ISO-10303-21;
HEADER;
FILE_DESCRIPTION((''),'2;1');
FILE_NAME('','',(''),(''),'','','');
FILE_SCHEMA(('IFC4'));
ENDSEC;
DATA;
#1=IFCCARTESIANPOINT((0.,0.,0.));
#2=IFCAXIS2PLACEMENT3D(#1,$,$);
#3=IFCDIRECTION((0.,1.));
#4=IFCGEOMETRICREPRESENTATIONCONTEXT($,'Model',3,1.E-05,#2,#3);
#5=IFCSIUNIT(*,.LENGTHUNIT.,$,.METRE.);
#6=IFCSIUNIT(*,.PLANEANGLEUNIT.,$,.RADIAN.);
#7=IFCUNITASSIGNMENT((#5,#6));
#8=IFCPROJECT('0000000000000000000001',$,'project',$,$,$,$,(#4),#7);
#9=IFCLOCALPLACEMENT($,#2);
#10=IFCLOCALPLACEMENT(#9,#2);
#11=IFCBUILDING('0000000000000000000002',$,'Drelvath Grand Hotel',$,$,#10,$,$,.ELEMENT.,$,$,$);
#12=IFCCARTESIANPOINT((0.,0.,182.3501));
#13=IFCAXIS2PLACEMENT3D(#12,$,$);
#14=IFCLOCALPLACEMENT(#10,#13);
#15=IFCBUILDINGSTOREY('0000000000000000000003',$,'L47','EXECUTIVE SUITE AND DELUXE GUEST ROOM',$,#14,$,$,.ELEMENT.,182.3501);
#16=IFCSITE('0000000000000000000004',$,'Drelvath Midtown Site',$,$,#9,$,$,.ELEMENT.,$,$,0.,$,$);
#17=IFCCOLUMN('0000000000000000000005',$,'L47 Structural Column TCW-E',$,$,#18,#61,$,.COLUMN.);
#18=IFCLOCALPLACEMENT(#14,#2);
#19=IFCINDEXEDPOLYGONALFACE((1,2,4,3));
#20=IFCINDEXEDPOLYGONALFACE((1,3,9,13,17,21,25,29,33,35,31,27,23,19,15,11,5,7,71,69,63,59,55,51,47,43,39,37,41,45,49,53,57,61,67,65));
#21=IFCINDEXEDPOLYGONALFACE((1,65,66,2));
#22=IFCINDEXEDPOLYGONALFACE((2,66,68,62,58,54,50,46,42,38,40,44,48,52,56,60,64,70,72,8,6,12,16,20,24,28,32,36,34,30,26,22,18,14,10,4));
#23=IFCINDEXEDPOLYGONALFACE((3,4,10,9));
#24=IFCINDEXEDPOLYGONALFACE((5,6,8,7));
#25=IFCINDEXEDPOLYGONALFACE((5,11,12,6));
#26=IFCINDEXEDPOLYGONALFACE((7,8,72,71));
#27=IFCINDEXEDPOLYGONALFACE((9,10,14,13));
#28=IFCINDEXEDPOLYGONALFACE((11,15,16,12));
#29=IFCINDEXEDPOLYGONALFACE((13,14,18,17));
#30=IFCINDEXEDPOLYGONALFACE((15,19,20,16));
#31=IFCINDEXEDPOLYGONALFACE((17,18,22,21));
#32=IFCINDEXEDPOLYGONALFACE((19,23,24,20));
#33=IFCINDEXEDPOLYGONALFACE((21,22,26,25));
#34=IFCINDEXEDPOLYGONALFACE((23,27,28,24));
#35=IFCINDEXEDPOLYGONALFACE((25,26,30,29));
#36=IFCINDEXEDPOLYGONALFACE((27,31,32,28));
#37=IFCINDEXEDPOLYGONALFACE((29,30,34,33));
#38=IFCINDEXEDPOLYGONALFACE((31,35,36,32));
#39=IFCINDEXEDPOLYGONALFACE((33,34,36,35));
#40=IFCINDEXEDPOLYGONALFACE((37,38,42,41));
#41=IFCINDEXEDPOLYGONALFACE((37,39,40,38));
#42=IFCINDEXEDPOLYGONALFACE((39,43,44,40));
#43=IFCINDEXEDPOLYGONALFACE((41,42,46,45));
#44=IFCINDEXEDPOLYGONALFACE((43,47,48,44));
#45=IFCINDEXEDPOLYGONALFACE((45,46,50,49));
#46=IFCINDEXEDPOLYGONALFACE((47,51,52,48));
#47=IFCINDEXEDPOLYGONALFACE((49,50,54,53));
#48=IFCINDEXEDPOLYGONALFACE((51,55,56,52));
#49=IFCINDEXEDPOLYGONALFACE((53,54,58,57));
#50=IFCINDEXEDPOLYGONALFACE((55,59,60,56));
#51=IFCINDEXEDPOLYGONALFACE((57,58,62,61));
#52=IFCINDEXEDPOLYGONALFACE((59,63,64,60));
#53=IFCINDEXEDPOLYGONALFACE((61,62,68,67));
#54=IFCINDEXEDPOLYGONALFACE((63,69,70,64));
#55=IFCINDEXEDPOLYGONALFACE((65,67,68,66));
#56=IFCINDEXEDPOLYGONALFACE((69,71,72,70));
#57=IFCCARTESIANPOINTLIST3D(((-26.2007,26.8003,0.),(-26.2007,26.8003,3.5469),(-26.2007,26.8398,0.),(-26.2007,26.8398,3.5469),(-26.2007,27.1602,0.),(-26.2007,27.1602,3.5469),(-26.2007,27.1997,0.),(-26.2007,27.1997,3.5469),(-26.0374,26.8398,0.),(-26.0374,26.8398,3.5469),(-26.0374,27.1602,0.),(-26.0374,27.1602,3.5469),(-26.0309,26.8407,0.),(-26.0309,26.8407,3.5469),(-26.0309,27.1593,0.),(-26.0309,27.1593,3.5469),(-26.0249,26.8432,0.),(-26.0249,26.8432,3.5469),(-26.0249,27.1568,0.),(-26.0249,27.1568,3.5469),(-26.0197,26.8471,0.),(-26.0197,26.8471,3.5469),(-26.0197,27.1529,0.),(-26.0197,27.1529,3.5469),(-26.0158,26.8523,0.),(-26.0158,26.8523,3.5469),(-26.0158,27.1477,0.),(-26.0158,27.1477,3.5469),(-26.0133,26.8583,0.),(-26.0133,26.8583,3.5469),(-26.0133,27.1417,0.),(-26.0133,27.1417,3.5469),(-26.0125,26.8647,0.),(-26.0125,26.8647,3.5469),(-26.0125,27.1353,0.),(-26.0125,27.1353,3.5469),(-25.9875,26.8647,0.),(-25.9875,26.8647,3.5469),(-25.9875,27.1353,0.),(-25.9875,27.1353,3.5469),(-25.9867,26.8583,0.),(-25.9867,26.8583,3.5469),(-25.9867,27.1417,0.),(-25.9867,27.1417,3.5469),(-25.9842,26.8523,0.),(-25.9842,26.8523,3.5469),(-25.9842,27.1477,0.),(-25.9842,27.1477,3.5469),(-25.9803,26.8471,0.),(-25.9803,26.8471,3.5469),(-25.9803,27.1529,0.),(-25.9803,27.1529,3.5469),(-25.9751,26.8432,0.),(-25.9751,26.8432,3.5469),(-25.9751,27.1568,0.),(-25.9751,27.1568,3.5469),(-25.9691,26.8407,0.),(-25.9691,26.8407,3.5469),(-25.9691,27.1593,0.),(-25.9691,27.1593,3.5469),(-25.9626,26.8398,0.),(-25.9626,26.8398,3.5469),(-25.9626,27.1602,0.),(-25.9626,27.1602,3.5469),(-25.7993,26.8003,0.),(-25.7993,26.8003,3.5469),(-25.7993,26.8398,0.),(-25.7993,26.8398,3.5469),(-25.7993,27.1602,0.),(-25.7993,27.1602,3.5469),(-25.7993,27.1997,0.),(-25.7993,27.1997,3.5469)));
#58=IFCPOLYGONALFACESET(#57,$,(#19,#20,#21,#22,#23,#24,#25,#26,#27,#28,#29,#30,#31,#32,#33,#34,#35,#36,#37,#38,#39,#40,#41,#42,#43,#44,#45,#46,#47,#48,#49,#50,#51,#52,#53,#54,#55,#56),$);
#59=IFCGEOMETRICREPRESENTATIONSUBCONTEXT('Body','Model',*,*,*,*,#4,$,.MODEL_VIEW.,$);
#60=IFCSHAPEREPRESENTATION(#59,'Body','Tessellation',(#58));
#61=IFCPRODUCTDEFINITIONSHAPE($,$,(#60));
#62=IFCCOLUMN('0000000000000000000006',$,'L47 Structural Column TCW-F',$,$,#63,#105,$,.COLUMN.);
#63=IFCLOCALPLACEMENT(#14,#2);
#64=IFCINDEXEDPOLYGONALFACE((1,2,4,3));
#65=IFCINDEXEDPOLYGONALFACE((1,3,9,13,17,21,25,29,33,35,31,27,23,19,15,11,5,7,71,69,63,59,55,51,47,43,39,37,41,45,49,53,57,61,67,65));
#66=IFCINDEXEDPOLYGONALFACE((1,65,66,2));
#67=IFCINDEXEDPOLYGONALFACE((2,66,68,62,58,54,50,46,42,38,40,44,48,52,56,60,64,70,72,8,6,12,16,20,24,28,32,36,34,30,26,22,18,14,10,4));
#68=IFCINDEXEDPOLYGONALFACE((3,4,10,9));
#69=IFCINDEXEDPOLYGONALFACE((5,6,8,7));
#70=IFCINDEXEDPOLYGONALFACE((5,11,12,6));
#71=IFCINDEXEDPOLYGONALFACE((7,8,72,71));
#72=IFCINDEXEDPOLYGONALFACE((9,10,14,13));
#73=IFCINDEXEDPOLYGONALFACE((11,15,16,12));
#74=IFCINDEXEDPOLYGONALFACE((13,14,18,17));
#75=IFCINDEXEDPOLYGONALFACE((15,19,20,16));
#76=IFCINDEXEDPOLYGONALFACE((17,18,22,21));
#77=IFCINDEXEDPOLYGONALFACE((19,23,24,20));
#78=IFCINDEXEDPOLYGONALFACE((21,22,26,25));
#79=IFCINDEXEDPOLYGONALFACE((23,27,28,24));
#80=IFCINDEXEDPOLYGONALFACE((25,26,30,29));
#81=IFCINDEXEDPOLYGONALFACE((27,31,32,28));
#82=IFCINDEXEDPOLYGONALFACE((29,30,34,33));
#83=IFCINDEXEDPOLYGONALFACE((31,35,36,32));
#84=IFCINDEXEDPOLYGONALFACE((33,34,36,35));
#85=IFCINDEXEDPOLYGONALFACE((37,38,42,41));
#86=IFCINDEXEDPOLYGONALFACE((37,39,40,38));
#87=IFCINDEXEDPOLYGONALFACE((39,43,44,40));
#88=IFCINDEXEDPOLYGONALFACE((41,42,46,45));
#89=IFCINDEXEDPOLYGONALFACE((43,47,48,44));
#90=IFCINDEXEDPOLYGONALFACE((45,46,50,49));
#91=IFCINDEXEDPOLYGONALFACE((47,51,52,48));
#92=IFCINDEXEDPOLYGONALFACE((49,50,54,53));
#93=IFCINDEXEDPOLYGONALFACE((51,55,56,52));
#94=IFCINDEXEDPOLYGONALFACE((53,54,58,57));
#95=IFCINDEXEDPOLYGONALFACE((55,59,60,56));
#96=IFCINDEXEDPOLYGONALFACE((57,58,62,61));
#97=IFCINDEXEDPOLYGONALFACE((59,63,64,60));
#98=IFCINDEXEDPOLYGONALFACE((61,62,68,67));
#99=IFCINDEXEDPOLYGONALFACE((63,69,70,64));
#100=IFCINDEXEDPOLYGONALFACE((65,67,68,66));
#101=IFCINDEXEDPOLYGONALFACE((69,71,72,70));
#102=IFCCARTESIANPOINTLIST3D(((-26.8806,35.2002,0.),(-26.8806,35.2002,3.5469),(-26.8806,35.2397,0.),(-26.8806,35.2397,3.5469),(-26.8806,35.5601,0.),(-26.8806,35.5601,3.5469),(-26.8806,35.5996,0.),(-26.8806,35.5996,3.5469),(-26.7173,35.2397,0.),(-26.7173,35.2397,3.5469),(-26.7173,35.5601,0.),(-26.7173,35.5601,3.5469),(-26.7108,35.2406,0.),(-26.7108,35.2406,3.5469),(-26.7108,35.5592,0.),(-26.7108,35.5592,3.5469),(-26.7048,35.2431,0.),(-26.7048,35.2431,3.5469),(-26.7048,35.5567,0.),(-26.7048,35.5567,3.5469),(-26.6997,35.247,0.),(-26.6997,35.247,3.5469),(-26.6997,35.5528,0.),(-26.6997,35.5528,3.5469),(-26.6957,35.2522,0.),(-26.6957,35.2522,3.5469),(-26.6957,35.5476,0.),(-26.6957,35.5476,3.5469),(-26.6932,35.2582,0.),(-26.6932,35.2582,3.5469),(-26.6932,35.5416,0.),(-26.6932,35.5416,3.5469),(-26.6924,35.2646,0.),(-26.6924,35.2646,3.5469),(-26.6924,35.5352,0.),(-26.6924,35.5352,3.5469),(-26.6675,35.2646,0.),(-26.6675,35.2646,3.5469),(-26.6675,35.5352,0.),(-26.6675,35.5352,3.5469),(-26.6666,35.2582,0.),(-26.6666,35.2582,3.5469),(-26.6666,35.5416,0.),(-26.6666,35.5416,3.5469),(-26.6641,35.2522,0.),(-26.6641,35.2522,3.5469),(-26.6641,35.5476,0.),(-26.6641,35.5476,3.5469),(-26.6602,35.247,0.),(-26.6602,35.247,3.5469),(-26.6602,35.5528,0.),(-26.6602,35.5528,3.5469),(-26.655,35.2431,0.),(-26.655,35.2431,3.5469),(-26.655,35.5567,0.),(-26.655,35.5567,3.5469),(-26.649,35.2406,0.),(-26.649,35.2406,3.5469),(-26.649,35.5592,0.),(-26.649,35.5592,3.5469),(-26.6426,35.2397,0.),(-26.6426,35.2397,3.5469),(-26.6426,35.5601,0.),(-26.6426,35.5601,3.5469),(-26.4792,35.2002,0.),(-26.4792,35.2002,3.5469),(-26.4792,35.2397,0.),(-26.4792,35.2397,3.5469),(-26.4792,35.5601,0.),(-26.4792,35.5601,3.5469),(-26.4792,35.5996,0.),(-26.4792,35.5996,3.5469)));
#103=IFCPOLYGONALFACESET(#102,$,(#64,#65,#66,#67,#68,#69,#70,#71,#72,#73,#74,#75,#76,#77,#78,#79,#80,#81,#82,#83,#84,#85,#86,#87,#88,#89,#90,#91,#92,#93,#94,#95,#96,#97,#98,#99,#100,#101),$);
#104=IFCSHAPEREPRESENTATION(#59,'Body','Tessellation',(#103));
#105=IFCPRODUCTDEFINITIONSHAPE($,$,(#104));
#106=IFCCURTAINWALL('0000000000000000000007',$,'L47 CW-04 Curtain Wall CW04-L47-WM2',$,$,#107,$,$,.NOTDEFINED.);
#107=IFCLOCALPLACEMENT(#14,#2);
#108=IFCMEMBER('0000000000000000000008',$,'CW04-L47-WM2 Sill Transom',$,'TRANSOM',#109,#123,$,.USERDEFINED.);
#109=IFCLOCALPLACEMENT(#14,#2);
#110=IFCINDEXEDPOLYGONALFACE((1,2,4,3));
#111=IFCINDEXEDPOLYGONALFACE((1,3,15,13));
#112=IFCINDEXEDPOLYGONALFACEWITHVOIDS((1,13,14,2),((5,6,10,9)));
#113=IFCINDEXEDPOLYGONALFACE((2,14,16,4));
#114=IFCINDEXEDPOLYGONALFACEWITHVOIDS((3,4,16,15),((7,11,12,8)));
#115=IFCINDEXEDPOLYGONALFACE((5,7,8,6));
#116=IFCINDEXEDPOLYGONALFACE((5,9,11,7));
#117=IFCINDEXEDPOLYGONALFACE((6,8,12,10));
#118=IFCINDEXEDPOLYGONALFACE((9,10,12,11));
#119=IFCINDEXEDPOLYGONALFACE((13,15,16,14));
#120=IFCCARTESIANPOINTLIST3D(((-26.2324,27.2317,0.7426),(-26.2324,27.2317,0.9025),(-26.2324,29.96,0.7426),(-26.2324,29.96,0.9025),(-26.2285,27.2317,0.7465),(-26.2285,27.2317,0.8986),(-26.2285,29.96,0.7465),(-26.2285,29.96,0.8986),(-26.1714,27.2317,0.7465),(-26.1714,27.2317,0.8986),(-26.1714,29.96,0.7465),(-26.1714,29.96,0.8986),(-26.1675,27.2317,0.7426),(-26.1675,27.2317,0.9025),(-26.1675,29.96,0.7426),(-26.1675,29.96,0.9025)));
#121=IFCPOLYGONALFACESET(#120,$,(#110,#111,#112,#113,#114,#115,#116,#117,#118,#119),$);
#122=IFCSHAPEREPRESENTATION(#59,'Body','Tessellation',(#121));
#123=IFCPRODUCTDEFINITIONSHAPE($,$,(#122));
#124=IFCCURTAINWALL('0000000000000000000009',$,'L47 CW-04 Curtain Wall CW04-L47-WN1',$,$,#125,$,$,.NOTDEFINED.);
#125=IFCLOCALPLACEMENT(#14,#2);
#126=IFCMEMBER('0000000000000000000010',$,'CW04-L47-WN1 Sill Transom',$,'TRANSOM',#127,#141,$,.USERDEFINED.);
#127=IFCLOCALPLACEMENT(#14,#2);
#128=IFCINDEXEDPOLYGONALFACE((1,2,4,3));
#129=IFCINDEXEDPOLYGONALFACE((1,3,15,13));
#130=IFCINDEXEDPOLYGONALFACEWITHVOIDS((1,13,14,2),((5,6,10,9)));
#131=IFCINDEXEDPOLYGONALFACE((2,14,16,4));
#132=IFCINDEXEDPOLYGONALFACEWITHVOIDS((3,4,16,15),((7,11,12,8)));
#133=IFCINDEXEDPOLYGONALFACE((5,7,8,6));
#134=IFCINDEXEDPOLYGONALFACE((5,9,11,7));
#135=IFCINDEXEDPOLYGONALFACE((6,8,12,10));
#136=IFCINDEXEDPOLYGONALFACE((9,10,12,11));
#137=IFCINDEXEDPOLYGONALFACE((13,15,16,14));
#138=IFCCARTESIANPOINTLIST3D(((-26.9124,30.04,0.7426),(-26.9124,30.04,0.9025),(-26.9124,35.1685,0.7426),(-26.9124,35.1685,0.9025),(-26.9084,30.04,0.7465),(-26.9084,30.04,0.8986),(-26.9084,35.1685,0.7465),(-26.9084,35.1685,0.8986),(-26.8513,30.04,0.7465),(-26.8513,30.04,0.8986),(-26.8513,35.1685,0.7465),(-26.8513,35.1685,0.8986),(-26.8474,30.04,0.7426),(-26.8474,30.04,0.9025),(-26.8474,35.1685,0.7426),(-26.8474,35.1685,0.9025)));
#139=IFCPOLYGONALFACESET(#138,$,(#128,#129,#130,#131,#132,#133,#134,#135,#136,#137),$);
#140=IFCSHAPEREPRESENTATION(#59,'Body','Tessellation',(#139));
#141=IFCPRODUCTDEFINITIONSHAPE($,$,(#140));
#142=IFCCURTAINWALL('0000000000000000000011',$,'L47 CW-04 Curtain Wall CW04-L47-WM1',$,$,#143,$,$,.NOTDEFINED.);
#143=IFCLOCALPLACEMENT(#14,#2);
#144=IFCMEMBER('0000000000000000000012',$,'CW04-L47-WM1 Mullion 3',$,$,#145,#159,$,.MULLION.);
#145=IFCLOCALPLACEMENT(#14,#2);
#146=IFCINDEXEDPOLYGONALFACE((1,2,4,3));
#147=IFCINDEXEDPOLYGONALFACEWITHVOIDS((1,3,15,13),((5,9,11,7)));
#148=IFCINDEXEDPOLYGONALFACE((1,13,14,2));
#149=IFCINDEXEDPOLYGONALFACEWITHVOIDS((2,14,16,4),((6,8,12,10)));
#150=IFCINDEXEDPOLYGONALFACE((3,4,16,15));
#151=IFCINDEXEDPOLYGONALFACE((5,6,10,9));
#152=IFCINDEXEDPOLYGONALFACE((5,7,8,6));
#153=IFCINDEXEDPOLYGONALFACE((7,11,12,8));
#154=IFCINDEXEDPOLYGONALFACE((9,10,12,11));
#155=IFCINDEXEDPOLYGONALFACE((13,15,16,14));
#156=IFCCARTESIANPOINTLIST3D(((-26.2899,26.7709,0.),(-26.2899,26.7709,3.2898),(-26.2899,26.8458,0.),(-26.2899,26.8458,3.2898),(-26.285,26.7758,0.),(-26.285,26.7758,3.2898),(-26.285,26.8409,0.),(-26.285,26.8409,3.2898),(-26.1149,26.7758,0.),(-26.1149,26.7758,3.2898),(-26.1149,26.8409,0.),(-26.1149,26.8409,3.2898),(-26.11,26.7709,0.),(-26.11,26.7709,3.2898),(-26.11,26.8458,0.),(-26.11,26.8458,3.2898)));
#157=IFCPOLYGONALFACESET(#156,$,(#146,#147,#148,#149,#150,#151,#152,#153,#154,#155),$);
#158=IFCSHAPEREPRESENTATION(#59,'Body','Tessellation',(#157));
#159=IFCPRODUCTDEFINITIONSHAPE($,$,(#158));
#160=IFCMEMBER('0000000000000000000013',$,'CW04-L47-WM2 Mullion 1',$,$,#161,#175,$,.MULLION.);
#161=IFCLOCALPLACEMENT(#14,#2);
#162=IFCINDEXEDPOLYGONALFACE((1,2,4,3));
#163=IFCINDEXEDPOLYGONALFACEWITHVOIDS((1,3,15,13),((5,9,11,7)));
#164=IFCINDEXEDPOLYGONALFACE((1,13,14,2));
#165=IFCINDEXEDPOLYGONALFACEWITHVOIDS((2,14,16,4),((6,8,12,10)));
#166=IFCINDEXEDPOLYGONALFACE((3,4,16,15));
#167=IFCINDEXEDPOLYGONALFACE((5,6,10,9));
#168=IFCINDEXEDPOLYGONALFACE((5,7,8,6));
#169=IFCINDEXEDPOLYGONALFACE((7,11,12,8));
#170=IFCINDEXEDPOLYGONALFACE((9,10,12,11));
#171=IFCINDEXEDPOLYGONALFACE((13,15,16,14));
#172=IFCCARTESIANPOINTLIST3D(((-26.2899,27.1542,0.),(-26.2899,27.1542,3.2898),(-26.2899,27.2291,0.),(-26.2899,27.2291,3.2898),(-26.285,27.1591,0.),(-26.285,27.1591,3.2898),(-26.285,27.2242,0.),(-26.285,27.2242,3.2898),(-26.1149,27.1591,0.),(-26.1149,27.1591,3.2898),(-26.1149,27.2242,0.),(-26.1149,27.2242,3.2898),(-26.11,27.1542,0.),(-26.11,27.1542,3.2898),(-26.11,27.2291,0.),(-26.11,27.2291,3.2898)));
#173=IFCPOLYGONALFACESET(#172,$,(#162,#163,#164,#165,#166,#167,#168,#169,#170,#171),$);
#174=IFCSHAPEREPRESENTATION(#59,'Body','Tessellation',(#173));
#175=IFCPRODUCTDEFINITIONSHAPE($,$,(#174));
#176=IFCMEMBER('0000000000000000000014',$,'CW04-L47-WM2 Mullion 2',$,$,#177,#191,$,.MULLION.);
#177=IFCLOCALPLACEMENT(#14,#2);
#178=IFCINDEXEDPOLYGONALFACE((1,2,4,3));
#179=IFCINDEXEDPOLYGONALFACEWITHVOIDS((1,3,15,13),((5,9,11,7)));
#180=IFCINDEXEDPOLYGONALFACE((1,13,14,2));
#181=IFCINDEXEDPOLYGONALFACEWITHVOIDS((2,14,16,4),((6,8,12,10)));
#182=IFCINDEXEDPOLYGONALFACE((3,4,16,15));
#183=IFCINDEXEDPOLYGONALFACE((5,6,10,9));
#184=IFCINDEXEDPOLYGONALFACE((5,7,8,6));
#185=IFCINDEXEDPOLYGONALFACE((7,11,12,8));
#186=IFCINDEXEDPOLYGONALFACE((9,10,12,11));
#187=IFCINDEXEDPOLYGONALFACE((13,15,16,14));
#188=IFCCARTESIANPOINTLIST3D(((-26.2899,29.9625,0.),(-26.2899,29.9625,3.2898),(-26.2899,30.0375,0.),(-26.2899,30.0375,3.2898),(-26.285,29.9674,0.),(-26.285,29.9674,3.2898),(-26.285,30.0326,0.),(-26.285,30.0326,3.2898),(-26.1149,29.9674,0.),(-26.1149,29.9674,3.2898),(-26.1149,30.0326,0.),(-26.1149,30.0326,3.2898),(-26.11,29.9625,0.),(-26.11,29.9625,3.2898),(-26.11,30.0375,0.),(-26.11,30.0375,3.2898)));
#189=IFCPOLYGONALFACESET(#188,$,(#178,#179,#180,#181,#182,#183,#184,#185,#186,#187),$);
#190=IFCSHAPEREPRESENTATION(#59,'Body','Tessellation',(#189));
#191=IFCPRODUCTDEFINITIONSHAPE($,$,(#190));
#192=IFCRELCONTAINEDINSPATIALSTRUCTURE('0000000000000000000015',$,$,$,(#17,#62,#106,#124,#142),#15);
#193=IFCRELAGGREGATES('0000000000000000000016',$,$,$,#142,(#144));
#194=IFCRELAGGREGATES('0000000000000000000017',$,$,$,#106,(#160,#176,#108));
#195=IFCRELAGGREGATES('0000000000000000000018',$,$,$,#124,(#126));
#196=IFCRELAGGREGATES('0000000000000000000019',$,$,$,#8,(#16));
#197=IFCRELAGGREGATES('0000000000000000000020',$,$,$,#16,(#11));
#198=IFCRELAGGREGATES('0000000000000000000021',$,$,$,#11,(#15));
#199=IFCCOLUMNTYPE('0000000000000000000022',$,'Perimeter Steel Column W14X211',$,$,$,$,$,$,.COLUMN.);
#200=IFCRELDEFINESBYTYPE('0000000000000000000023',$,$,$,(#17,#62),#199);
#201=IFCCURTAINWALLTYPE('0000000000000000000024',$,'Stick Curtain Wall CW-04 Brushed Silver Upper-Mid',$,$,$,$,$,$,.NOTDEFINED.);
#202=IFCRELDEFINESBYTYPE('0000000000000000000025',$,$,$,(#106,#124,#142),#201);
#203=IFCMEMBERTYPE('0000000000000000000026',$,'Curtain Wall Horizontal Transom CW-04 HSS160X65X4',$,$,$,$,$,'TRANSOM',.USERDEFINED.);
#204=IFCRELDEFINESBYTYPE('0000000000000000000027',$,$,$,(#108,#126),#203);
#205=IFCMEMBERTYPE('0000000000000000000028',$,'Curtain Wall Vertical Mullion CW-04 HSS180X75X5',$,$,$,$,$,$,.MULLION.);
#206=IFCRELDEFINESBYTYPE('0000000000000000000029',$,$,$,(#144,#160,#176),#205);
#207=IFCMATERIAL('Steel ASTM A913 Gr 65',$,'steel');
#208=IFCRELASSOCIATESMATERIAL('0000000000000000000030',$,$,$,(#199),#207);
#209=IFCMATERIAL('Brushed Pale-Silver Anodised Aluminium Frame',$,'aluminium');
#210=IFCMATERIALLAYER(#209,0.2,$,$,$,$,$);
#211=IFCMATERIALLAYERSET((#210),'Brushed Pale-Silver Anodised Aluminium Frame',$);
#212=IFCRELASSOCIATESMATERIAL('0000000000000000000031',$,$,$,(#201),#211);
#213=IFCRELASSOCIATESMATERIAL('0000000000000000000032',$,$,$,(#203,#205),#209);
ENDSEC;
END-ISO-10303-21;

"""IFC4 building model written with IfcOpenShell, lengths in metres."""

from ifc_helpers import new_model, si_unit, direction, frame, origin, origin_2d, place, context, subcontext, project, spatial, hollow_rectangle, i_section, extrude, material, layer, layer_set, material_profile, profile_set, type_object, element, aggregate, save


model = new_model("IFC4")

# Units and contexts
model_context = context("Model", 3, precision=1e-05, world=origin(), true_north=direction((0.0, 1.0)))
body_context = subcontext(model_context, "Body", "Model", "MODEL_VIEW")
ifc_project = project(units=[si_unit("LENGTHUNIT", "METRE"), si_unit("PLANEANGLEUNIT", "RADIAN")], contexts=[model_context])

# Site, building, storey
site_placement = place(None, origin())
site = spatial("IfcSite", under=ifc_project, at=site_placement, Name="Drelvath Midtown Site", CompositionType="ELEMENT", RefElevation=0.0)
building_placement = place(site_placement, origin())
building = spatial("IfcBuilding", under=site, at=building_placement, Name="Drelvath Grand Hotel", CompositionType="ELEMENT")
storey_placement = place(building_placement, frame((0.0, 0.0, 182.3501)))
storey = spatial("IfcBuildingStorey", under=building, at=storey_placement, Name="L47", Description="EXECUTIVE SUITE AND DELUXE GUEST ROOM", CompositionType="ELEMENT", Elevation=182.3501)

# Columns
ifc_material_1 = material(Name="Steel ASTM A913 Gr 65", Category="steel")
ifc_material_profile_1 = material_profile(ifc_material_1, i_section(OverallWidth=0.4014, OverallDepth=0.3994, WebThickness=0.0249, FlangeThickness=0.0396, FilletRadius=0.0249, at=origin_2d()), Name="W14X211")
ifc_profile_set_1 = profile_set([ifc_material_profile_1], Name="Steel ASTM A913 Gr 65")
column_type = type_object("IfcColumnType", Name="Perimeter Steel Column W14X211", PredefinedType="COLUMN", material=ifc_profile_set_1)
for number, where, z_axis, x_axis, name in (
    (1, (-26.0, 27.0, 0.0), (0.0, 0.0, 1.0), (1.0, 0.0, 0.0), "L47 Structural Column TCW-E"),
    (2, (-26.6799, 35.3999, 0.0), (0.0, 0.0, 1.0), (1.0, 0.0, 0.0), "L47 Structural Column TCW-F"),
):
    element("IfcColumn", number, at=place(storey_placement, frame(where, z_axis=z_axis, x_axis=x_axis)), inside=storey, type_object=column_type, Name=name, PredefinedType="COLUMN", context=body_context, shape_type="SweptSolid", body=[
        extrude(i_section(OverallWidth=0.4014, OverallDepth=0.3994, WebThickness=0.0249, FlangeThickness=0.0396, FilletRadius=0.0249, at=origin_2d()), origin(), (0.0, 0.0, 1.0), 3.5469),
    ])

# Curtain walls, members
ifc_material_2 = material(Name="Brushed Pale-Silver Anodised Aluminium Frame", Category="aluminium")
ifc_layer_1 = layer(ifc_material_2, 0.2)
ifc_layer_set_1 = layer_set([ifc_layer_1], Name="Brushed Pale-Silver Anodised Aluminium Frame")
curtain_wall_type = type_object("IfcCurtainWallType", Name="Stick Curtain Wall CW-04 Brushed Silver Upper-Mid", PredefinedType="NOTDEFINED", material=ifc_layer_set_1)
curtain_wall_1_placement = place(storey_placement, origin())
curtain_wall_1 = element("IfcCurtainWall", 3, at=curtain_wall_1_placement, inside=storey, type_object=curtain_wall_type, Name="L47 CW-04 Curtain Wall CW04-L47-WM2", PredefinedType="NOTDEFINED")
ifc_material_profile_2 = material_profile(ifc_material_2, hollow_rectangle(XDim=0.0649, YDim=0.1599, WallThickness=0.0039, at=origin_2d()), Name="HSS160X65X4")
ifc_profile_set_2 = profile_set([ifc_material_profile_2], Name="Brushed Pale-Silver Anodised Aluminium Frame")
member_type_1 = type_object("IfcMemberType", Name="Curtain Wall Horizontal Transom CW-04 HSS160X65X4", ElementType="TRANSOM", PredefinedType="USERDEFINED", material=ifc_profile_set_2)
member_1_placement = place(storey_placement, frame((-26.2, 27.2317, 0.8225), z_axis=(0.0, 1.0, 0.0), x_axis=(-1.0, 0.0, 0.0)))
member_1 = element("IfcMember", 4, at=member_1_placement, type_object=member_type_1, Name="CW04-L47-WM2 Sill Transom", ObjectType="TRANSOM", PredefinedType="USERDEFINED", context=body_context, shape_type="SweptSolid", body=[
    extrude(hollow_rectangle(XDim=0.0649, YDim=0.1599, WallThickness=0.0039, at=origin_2d()), origin(), (0.0, 0.0, 1.0), 2.7283),
])
curtain_wall_2_placement = place(storey_placement, origin())
curtain_wall_2 = element("IfcCurtainWall", 5, at=curtain_wall_2_placement, inside=storey, type_object=curtain_wall_type, Name="L47 CW-04 Curtain Wall CW04-L47-WN1", PredefinedType="NOTDEFINED")
member_2_placement = place(storey_placement, frame((-26.8799, 30.04, 0.8225), z_axis=(0.0, 1.0, 0.0), x_axis=(-1.0, 0.0, 0.0)))
member_2 = element("IfcMember", 6, at=member_2_placement, type_object=member_type_1, Name="CW04-L47-WN1 Sill Transom", ObjectType="TRANSOM", PredefinedType="USERDEFINED", context=body_context, shape_type="SweptSolid", body=[
    extrude(hollow_rectangle(XDim=0.0649, YDim=0.1599, WallThickness=0.0039, at=origin_2d()), origin(), (0.0, 0.0, 1.0), 5.1284),
])
curtain_wall_3_placement = place(storey_placement, origin())
curtain_wall_3 = element("IfcCurtainWall", 7, at=curtain_wall_3_placement, inside=storey, type_object=curtain_wall_type, Name="L47 CW-04 Curtain Wall CW04-L47-WM1", PredefinedType="NOTDEFINED")
ifc_material_profile_3 = material_profile(ifc_material_2, hollow_rectangle(XDim=0.075, YDim=0.1799, WallThickness=0.0049, at=origin_2d()), Name="HSS180X75X5")
ifc_profile_set_3 = profile_set([ifc_material_profile_3], Name="Brushed Pale-Silver Anodised Aluminium Frame")
member_type_2 = type_object("IfcMemberType", Name="Curtain Wall Vertical Mullion CW-04 HSS180X75X5", PredefinedType="MULLION", material=ifc_profile_set_3)
member_3_placement = place(storey_placement, frame((-26.2, 26.8083, 0.0), z_axis=(0.0, 0.0, 1.0), x_axis=(0.0, 1.0, 0.0)))
member_3 = element("IfcMember", 8, at=member_3_placement, type_object=member_type_2, Name="CW04-L47-WM1 Mullion 3", PredefinedType="MULLION", context=body_context, shape_type="SweptSolid", body=[
    extrude(hollow_rectangle(XDim=0.075, YDim=0.1799, WallThickness=0.0049, at=origin_2d()), origin(), (0.0, 0.0, 1.0), 3.2898),
])
aggregate(curtain_wall_3, [member_3])

# Members
member_4_placement = place(storey_placement, frame((-26.2, 27.1917, 0.0), z_axis=(0.0, 0.0, 1.0), x_axis=(0.0, 1.0, 0.0)))
member_4 = element("IfcMember", 9, at=member_4_placement, type_object=member_type_2, Name="CW04-L47-WM2 Mullion 1", PredefinedType="MULLION", context=body_context, shape_type="SweptSolid", body=[
    extrude(hollow_rectangle(XDim=0.075, YDim=0.1799, WallThickness=0.0049, at=origin_2d()), origin(), (0.0, 0.0, 1.0), 3.2898),
])
member_5_placement = place(storey_placement, frame((-26.2, 30.0, 0.0), z_axis=(0.0, 0.0, 1.0), x_axis=(0.0, 1.0, 0.0)))
member_5 = element("IfcMember", 10, at=member_5_placement, type_object=member_type_2, Name="CW04-L47-WM2 Mullion 2", PredefinedType="MULLION", context=body_context, shape_type="SweptSolid", body=[
    extrude(hollow_rectangle(XDim=0.075, YDim=0.1799, WallThickness=0.0049, at=origin_2d()), origin(), (0.0, 0.0, 1.0), 3.2898),
])

aggregate(curtain_wall_1, [member_4, member_5, member_1])
aggregate(curtain_wall_2, [member_2])

save(model, "model.ifc")
